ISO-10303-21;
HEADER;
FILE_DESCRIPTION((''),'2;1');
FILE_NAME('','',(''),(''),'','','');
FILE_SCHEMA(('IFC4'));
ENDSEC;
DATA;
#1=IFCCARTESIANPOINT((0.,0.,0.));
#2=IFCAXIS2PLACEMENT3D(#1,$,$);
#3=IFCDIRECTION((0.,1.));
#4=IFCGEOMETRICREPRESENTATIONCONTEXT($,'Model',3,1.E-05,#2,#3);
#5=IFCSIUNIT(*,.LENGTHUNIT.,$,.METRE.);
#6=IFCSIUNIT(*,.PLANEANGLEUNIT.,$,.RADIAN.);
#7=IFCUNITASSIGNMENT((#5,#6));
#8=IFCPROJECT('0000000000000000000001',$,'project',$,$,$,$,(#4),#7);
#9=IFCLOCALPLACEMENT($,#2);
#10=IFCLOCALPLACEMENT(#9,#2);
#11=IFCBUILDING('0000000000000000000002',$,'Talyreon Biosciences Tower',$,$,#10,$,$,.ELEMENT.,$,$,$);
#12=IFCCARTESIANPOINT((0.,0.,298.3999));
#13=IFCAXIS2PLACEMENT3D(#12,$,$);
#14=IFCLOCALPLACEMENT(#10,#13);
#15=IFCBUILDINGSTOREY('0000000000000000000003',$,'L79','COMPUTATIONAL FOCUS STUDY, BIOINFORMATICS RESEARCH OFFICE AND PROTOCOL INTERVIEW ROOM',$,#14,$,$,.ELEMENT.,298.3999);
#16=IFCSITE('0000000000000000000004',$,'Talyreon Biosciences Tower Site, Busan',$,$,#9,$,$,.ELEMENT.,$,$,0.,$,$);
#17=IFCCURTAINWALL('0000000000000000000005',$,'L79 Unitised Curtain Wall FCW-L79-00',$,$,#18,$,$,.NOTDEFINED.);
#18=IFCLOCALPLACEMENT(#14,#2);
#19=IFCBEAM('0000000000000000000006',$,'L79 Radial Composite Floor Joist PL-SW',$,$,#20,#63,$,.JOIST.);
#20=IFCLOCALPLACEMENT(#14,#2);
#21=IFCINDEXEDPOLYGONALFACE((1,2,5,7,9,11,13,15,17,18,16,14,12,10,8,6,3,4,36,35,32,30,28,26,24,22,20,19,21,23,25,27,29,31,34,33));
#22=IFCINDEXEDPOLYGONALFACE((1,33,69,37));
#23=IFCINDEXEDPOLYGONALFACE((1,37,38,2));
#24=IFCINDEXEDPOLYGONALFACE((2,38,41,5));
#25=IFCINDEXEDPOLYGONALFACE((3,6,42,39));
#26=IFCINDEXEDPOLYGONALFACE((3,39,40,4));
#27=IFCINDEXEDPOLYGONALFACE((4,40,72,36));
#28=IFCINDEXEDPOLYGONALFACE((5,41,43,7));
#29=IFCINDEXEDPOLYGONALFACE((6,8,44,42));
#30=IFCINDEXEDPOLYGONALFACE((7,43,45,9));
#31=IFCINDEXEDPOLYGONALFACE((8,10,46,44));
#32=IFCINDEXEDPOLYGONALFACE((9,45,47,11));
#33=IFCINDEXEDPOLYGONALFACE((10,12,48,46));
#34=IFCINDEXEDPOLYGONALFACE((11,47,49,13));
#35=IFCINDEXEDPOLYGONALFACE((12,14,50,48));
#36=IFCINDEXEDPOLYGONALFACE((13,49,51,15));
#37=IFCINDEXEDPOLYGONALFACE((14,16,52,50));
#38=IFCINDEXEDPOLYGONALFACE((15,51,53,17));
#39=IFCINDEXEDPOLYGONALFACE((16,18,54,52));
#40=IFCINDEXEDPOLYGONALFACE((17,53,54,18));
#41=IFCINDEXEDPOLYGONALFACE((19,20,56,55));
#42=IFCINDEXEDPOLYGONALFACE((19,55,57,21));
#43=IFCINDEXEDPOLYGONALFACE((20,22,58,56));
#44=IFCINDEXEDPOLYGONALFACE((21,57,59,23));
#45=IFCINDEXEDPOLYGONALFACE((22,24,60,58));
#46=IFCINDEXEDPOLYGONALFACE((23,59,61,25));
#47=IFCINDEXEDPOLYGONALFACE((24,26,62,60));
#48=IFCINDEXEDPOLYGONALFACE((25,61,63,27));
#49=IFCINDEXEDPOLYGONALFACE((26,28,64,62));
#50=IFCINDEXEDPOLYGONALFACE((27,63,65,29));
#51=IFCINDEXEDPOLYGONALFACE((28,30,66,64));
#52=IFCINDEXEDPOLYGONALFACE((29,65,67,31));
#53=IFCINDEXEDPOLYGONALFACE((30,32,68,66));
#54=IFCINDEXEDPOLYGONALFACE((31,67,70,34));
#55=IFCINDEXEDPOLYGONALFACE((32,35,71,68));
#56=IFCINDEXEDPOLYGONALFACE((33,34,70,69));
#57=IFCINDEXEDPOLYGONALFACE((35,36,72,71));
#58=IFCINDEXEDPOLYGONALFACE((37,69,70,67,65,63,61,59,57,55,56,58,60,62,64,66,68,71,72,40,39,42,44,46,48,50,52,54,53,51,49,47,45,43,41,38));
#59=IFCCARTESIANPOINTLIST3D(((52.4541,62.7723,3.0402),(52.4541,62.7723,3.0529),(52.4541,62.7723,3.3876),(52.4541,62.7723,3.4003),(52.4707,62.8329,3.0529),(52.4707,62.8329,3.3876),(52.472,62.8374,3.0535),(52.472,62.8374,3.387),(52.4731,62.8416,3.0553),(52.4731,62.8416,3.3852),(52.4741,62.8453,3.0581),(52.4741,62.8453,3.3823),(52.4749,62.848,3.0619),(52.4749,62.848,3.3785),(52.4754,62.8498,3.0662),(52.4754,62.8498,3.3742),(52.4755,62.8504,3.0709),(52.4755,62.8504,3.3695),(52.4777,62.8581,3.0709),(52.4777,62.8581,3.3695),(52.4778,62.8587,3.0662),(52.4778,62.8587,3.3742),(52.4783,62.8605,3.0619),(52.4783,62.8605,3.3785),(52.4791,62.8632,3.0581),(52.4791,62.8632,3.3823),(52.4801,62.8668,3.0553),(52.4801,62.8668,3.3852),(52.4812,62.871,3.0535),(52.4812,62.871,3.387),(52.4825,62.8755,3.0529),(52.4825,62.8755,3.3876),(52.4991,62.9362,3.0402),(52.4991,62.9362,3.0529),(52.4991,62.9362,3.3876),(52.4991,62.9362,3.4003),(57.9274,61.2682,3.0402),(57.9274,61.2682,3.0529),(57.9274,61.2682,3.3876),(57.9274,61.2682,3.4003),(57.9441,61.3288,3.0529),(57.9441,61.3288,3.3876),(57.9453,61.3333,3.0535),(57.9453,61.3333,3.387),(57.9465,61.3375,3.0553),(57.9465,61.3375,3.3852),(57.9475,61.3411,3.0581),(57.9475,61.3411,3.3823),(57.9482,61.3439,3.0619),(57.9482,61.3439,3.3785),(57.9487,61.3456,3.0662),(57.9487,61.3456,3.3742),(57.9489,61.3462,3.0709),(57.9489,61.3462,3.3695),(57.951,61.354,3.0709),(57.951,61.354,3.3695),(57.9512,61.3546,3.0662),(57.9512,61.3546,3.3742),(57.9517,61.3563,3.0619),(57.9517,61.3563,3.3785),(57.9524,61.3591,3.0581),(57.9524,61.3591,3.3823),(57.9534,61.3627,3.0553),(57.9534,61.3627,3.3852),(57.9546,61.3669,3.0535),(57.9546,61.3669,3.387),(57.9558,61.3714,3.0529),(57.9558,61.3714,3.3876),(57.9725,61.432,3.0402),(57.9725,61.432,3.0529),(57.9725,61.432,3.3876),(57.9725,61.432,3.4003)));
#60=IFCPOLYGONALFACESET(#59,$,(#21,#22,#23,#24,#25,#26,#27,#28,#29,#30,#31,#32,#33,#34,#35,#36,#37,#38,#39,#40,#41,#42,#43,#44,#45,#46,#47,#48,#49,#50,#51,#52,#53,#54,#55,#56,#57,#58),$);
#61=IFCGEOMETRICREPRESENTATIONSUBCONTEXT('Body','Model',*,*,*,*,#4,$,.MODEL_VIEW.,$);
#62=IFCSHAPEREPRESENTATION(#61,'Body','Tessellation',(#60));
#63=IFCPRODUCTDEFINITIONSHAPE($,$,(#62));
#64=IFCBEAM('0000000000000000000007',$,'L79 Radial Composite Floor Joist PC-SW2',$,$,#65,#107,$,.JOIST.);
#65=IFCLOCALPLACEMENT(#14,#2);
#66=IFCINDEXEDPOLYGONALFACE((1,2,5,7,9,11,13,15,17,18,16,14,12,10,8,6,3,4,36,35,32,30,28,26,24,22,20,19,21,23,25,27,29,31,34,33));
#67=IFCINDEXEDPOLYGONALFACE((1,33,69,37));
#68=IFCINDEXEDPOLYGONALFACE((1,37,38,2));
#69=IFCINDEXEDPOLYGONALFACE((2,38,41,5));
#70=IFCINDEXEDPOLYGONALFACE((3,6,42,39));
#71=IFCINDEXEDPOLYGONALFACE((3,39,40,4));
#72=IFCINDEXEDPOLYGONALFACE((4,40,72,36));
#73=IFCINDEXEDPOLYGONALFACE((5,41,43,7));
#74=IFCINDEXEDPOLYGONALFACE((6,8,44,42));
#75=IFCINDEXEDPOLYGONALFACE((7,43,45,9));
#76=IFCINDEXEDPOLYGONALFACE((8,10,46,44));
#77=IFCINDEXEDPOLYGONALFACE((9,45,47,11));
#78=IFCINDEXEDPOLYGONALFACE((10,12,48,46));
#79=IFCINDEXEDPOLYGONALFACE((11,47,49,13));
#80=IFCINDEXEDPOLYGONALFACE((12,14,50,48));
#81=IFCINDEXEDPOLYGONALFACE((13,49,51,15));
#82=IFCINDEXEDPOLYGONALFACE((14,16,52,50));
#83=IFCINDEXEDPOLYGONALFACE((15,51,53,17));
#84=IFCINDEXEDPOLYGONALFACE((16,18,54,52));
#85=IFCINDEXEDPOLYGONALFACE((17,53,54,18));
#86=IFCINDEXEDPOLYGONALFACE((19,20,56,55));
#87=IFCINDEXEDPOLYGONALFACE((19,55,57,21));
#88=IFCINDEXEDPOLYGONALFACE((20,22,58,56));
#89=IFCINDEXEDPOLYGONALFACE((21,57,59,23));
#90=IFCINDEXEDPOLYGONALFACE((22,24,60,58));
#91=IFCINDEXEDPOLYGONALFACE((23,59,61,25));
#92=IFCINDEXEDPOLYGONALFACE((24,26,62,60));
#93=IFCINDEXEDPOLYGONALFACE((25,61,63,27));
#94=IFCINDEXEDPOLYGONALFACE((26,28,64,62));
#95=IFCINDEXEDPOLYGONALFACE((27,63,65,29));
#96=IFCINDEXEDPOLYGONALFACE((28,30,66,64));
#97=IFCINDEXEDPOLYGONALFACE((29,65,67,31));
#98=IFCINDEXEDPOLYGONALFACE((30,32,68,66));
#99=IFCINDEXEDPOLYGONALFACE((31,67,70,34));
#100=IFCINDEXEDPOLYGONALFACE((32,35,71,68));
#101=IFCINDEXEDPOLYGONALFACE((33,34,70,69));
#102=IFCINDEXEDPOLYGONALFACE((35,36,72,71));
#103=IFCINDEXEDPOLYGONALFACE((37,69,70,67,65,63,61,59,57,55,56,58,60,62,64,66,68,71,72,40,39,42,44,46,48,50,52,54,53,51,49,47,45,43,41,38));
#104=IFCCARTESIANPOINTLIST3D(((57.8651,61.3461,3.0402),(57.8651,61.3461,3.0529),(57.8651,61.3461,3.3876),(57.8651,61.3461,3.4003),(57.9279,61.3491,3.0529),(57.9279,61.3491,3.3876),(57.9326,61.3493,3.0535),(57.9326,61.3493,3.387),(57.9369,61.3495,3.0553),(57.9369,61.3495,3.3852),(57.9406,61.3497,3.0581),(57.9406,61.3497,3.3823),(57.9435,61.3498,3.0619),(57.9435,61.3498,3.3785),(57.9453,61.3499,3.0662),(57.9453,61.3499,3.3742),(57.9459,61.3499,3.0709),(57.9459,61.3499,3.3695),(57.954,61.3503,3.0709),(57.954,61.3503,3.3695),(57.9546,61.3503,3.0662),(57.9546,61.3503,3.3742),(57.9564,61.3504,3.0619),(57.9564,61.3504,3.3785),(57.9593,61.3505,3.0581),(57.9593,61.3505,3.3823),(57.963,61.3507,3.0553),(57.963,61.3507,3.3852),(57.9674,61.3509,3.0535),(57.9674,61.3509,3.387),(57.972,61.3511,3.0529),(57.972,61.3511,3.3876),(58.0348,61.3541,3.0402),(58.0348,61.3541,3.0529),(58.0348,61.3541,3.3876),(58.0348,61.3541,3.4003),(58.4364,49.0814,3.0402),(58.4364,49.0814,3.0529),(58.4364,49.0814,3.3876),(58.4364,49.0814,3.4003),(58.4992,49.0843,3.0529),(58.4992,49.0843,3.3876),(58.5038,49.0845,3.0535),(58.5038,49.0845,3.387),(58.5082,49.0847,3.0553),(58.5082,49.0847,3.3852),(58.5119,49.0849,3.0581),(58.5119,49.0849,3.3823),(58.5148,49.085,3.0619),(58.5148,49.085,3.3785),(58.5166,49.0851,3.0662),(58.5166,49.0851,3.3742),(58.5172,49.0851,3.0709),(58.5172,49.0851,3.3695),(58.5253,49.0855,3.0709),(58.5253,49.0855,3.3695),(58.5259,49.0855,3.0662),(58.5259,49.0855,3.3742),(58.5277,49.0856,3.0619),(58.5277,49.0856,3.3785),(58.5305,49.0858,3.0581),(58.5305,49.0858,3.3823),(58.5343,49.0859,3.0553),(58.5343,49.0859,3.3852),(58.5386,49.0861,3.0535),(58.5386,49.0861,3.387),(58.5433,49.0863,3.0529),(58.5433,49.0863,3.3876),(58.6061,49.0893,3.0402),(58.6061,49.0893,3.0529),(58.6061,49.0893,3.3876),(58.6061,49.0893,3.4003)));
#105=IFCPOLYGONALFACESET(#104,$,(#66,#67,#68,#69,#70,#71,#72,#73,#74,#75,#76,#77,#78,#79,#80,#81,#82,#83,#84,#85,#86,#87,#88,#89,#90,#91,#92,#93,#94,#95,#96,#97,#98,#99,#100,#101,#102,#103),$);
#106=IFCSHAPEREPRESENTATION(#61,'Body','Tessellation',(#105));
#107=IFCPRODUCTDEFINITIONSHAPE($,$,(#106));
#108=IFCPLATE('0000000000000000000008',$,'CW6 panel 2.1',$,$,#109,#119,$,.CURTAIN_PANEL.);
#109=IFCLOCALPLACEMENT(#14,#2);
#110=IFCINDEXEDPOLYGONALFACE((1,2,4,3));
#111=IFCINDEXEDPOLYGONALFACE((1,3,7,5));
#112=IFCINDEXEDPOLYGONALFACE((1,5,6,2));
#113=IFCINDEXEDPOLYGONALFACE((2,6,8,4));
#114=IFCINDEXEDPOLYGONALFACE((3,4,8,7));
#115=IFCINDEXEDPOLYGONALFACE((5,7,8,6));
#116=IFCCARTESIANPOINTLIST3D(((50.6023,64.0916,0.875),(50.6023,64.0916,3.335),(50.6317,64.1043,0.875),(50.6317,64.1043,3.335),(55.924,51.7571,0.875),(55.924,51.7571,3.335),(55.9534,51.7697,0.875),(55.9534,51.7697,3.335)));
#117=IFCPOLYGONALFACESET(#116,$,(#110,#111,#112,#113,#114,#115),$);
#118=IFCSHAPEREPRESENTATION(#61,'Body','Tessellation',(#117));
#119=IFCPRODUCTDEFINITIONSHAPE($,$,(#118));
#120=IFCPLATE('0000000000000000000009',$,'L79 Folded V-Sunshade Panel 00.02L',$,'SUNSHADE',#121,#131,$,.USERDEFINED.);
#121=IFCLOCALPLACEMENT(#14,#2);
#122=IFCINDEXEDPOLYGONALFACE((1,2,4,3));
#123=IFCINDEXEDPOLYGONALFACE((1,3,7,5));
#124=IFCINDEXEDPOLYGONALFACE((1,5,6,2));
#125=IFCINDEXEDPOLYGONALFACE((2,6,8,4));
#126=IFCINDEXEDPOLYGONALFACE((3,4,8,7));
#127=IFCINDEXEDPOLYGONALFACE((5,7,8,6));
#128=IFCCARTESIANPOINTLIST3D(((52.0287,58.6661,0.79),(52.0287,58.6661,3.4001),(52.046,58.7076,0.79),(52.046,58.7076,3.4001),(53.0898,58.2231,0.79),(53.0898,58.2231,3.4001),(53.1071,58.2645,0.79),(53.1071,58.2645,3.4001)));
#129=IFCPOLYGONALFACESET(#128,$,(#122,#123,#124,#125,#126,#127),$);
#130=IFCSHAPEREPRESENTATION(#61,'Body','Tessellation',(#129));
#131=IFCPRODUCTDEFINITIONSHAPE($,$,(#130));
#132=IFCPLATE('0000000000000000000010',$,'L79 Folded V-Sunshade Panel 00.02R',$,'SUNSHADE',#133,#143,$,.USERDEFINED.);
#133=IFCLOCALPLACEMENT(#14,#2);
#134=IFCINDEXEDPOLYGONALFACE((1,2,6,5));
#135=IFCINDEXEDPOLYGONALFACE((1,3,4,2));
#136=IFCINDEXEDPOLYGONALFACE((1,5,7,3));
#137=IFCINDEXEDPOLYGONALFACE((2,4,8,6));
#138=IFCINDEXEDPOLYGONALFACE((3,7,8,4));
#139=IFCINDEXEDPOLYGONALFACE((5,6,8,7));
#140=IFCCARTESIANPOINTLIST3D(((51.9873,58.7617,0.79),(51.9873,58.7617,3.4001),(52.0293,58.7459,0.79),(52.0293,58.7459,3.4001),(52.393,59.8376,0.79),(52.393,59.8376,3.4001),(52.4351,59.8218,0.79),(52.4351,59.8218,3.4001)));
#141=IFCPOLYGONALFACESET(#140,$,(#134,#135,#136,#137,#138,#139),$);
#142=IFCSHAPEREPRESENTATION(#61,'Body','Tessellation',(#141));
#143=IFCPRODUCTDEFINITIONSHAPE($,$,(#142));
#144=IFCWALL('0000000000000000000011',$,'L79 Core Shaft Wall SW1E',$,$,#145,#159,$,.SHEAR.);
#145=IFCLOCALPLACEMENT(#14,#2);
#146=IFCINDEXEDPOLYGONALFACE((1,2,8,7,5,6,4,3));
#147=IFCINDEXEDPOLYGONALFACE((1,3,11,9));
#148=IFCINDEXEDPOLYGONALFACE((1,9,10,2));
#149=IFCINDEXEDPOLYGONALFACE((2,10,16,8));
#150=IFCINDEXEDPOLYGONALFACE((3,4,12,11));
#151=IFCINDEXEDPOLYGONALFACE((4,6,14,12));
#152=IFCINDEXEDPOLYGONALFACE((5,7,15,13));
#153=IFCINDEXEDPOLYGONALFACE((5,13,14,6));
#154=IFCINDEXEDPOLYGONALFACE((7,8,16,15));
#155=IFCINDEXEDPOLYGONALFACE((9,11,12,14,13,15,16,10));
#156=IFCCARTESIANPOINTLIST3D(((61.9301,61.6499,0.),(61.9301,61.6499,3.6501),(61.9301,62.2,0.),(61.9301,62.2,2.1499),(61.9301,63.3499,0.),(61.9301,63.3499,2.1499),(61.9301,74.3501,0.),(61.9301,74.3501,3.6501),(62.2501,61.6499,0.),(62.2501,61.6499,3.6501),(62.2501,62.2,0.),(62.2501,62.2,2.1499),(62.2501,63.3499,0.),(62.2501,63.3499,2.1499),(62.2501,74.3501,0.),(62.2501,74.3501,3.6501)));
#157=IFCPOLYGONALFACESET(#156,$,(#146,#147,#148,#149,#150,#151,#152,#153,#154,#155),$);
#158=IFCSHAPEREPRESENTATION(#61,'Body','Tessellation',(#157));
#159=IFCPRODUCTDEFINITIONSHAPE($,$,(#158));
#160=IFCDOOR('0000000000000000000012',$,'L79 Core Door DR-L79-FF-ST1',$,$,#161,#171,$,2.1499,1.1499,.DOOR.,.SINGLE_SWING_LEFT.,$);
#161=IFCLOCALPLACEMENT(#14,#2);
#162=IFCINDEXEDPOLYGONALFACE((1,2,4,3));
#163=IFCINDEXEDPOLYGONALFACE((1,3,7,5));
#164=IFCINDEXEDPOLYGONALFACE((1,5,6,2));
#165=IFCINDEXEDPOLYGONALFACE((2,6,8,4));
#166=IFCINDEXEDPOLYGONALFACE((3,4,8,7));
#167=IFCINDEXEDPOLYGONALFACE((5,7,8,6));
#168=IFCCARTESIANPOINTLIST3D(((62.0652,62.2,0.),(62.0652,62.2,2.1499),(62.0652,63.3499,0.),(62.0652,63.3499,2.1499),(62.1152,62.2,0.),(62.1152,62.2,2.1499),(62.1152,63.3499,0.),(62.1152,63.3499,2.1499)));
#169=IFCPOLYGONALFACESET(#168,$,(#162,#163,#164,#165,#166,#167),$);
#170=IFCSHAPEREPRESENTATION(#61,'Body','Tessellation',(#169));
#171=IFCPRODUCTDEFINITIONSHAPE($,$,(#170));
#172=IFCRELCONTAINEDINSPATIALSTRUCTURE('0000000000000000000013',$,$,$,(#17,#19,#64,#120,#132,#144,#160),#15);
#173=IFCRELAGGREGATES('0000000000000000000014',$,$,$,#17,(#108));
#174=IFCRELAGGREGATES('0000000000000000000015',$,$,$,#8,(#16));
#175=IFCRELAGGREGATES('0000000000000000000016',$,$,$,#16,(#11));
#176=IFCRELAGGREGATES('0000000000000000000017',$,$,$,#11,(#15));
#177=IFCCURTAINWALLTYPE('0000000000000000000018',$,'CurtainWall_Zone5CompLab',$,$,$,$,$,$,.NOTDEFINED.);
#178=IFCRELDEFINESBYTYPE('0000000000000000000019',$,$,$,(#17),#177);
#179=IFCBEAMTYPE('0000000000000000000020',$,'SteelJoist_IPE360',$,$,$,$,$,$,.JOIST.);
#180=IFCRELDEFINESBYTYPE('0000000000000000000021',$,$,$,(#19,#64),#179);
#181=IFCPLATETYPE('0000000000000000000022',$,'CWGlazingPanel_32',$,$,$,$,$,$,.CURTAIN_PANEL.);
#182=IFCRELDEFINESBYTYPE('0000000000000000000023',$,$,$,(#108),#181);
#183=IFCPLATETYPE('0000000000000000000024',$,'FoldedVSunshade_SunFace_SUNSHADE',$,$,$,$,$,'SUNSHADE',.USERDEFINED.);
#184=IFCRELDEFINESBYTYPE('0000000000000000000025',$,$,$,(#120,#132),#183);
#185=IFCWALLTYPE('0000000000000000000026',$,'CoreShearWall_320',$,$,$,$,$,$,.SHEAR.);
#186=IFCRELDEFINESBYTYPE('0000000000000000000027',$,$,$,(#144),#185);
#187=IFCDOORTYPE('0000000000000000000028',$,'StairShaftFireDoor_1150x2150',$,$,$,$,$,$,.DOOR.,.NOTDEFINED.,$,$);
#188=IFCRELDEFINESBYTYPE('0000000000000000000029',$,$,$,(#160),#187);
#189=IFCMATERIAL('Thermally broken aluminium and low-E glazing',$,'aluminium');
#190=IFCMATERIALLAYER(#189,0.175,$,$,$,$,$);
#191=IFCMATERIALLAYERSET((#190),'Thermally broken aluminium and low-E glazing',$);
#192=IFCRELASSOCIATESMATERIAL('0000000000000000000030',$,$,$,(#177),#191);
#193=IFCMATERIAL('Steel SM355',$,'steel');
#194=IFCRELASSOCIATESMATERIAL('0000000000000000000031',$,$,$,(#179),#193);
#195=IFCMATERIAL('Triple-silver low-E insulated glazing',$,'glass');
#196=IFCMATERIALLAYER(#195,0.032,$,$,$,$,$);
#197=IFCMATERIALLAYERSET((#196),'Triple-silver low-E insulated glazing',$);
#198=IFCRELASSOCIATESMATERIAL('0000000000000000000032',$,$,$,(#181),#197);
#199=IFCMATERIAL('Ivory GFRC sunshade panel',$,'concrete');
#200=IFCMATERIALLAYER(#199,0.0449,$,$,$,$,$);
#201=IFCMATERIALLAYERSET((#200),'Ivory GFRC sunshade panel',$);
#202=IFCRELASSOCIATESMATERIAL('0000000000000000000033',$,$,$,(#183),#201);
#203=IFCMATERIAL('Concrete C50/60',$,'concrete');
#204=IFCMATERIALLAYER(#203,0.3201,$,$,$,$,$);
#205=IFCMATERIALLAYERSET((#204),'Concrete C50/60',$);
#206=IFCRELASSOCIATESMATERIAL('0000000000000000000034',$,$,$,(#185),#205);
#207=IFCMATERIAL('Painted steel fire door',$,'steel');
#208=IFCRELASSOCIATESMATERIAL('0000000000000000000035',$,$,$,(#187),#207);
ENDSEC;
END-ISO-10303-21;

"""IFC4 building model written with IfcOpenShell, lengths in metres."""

from ifc_helpers import new_model, si_unit, direction, frame, frame_2d, origin, origin_2d, place, context, subcontext, project, spatial, rectangle, i_section, extrude, material, layer, layer_set, material_profile, profile_set, type_object, element, fill, aggregate, save


model = new_model("IFC4")

# Units and contexts
model_context = context("Model", 3, precision=1e-05, world=origin(), true_north=direction((0.0, 1.0)))
body_context = subcontext(model_context, "Body", "Model", "MODEL_VIEW")
ifc_project = project(units=[si_unit("LENGTHUNIT", "METRE"), si_unit("PLANEANGLEUNIT", "RADIAN")], contexts=[model_context])

# Site, building, storey
site_placement = place(None, origin())
site = spatial("IfcSite", under=ifc_project, at=site_placement, Name="Talyreon Biosciences Tower Site, Busan", CompositionType="ELEMENT", RefElevation=0.0)
building_placement = place(site_placement, origin())
building = spatial("IfcBuilding", under=site, at=building_placement, Name="Talyreon Biosciences Tower", CompositionType="ELEMENT")
storey_placement = place(building_placement, frame((0.0, 0.0, 298.3999)))
storey = spatial("IfcBuildingStorey", under=building, at=storey_placement, Name="L79", Description="COMPUTATIONAL FOCUS STUDY, BIOINFORMATICS RESEARCH OFFICE AND PROTOCOL INTERVIEW ROOM", CompositionType="ELEMENT", Elevation=298.3999)

# Shared definitions
ifc_material_1 = material(Name="Concrete C50/60", Category="concrete")

# Curtain wall
ifc_material_2 = material(Name="Thermally broken aluminium and low-E glazing", Category="aluminium")
ifc_layer_1 = layer(ifc_material_2, 0.175)
ifc_layer_set_1 = layer_set([ifc_layer_1], Name="Thermally broken aluminium and low-E glazing")
curtain_wall_type = type_object("IfcCurtainWallType", Name="CurtainWall_Zone5CompLab", PredefinedType="NOTDEFINED", material=ifc_layer_set_1)
curtain_wall_placement = place(storey_placement, origin())
curtain_wall = element("IfcCurtainWall", 1, at=curtain_wall_placement, inside=storey, type_object=curtain_wall_type, Name="L79 Unitised Curtain Wall FCW-L79-00", PredefinedType="NOTDEFINED")

# Beams
ifc_material_3 = material(Name="Steel SM355", Category="steel")
ifc_material_profile_1 = material_profile(ifc_material_3, i_section(OverallWidth=0.1699, OverallDepth=0.3601, WebThickness=0.0081, FlangeThickness=0.0127, FilletRadius=0.0181, at=origin_2d()), Name="IPE360")
ifc_profile_set_1 = profile_set([ifc_material_profile_1], Name="Steel SM355")
beam_type_1 = type_object("IfcBeamType", Name="SteelJoist_IPE360", PredefinedType="JOIST", material=ifc_profile_set_1)
beam_1_placement = place(storey_placement, frame((57.95, 61.3501, 3.2202), z_axis=(-0.964252, 0.264988, 0.0), x_axis=(-0.264988, -0.964252, 0.0)))
element("IfcBeam", 2, at=beam_1_placement, inside=storey, type_object=beam_type_1, Name="L79 Radial Composite Floor Joist PL-SW", PredefinedType="JOIST", context=body_context, shape_type="SweptSolid", body=[
    extrude(i_section(OverallWidth=0.1699, OverallDepth=0.3601, WebThickness=0.0081, FlangeThickness=0.0127, FilletRadius=0.0181, at=origin_2d()), origin(), (0.0, 0.0, 1.0), 5.6763),
])
beam_2_placement = place(storey_placement, frame((57.95, 61.3501, 3.2202), z_axis=(0.046529, -0.998917, 0.0), x_axis=(0.998917, 0.046529, 0.0)))
element("IfcBeam", 3, at=beam_2_placement, inside=storey, type_object=beam_type_1, Name="L79 Radial Composite Floor Joist PC-SW2", PredefinedType="JOIST", context=body_context, shape_type="SweptSolid", body=[
    extrude(i_section(OverallWidth=0.1699, OverallDepth=0.3601, WebThickness=0.0081, FlangeThickness=0.0127, FilletRadius=0.0181, at=origin_2d()), origin(), (0.0, 0.0, 1.0), 12.2781),
])

# Plate
ifc_material_4 = material(Name="Triple-silver low-E insulated glazing", Category="glass")
ifc_layer_2 = layer(ifc_material_4, 0.032)
ifc_layer_set_2 = layer_set([ifc_layer_2], Name="Triple-silver low-E insulated glazing")
plate_type_1 = type_object("IfcPlateType", Name="CWGlazingPanel_32", PredefinedType="CURTAIN_PANEL", material=ifc_layer_set_2)
plate_placement = place(storey_placement, frame((53.2778, 57.9307, 0.875), z_axis=(0.0, 0.0, 1.0), x_axis=(-0.396147, 0.918187, 0.0)))
plate = element("IfcPlate", 4, at=plate_placement, type_object=plate_type_1, Name="CW6 panel 2.1", PredefinedType="CURTAIN_PANEL", context=body_context, shape_type="SweptSolid", body=[
    extrude(rectangle(XDim=13.4336, YDim=0.032, at=origin_2d()), origin(), (0.0, 0.0, 1.0), 2.46),
])
aggregate(curtain_wall, [plate])

# Plates
ifc_material_5 = material(Name="Ivory GFRC sunshade panel", Category="concrete")
ifc_layer_3 = layer(ifc_material_5, 0.0449)
ifc_layer_set_3 = layer_set([ifc_layer_3], Name="Ivory GFRC sunshade panel")
plate_type_2 = type_object("IfcPlateType", Name="FoldedVSunshade_SunFace_SUNSHADE", ElementType="SUNSHADE", PredefinedType="USERDEFINED", material=ifc_layer_set_3)
for number, where, z_axis, x_axis, name in (
    (5, (52.5679, 58.4653, 0.79), (0.0, 0.0, 1.0), (-0.922787, 0.38531, 0.0), "L79 Folded V-Sunshade Panel 00.02L"),
    (6, (52.2112, 59.2917, 0.79), (0.0, 0.0, 1.0), (0.352871, 0.935672, 0.0), "L79 Folded V-Sunshade Panel 00.02R"),
):
    element("IfcPlate", number, at=place(storey_placement, frame(where, z_axis=z_axis, x_axis=x_axis)), inside=storey, type_object=plate_type_2, Name=name, ObjectType="SUNSHADE", PredefinedType="USERDEFINED", context=body_context, shape_type="SweptSolid", body=[
        extrude(rectangle(XDim=1.1499, YDim=0.0449, at=origin_2d()), origin(), (0.0, 0.0, 1.0), 2.6101),
    ])

# Wall, opening, door
ifc_layer_4 = layer(ifc_material_1, 0.3201)
ifc_layer_set_4 = layer_set([ifc_layer_4], Name="Concrete C50/60")
wall_type_1 = type_object("IfcWallType", Name="CoreShearWall_320", PredefinedType="SHEAR", material=ifc_layer_set_4)
wall_1_placement = place(storey_placement, frame((62.0901, 61.6499, 0.0), z_axis=(0.0, 0.0, 1.0), x_axis=(0.0, 1.0, 0.0)))
wall_1 = element("IfcWall", 7, at=wall_1_placement, inside=storey, type_object=wall_type_1, Name="L79 Core Shaft Wall SW1E", PredefinedType="SHEAR", context=body_context, shape_type="SweptSolid", body=[
    extrude(rectangle(XDim=12.7002, YDim=0.3201, at=frame_2d((6.3501, 0.0))), origin(), (0.0, 0.0, 1.0), 3.6501),
])
opening_1_placement = place(wall_1_placement, frame((0.55, 0.0, 0.0)))
opening_1 = element("IfcOpeningElement", 8, at=opening_1_placement, cuts=wall_1, PredefinedType="OPENING", context=body_context, shape_type="SweptSolid", body=[
    extrude(rectangle(XDim=1.1499, YDim=2.1499, at=frame_2d((0.575, 1.075))), frame((0.0, 0.1699, 0.0), z_axis=(0.0, -1.0, 0.0), x_axis=(1.0, 0.0, 0.0)), (0.0, 0.0, 1.0), 0.3401),
])
ifc_material_6 = material(Name="Painted steel fire door", Category="steel")
door_type_1 = type_object("IfcDoorType", Name="StairShaftFireDoor_1150x2150", OperationType="NOTDEFINED", PredefinedType="DOOR", material=ifc_material_6)
door_1_placement = place(opening_1_placement, origin())
door_1 = element("IfcDoor", 9, at=door_1_placement, inside=storey, type_object=door_type_1, Name="L79 Core Door DR-L79-FF-ST1", OperationType="SINGLE_SWING_LEFT", OverallHeight=2.1499, OverallWidth=1.1499, PredefinedType="DOOR", context=body_context, shape_type="SweptSolid", body=[
    extrude(rectangle(XDim=1.1499, YDim=2.1499, at=frame_2d((0.575, 1.075))), frame((0.0, 0.0249, 0.0), z_axis=(0.0, -1.0, 0.0), x_axis=(1.0, 0.0, 0.0)), (0.0, 0.0, 1.0), 0.05),
])
fill(opening_1, door_1)

save(model, "model.ifc")
